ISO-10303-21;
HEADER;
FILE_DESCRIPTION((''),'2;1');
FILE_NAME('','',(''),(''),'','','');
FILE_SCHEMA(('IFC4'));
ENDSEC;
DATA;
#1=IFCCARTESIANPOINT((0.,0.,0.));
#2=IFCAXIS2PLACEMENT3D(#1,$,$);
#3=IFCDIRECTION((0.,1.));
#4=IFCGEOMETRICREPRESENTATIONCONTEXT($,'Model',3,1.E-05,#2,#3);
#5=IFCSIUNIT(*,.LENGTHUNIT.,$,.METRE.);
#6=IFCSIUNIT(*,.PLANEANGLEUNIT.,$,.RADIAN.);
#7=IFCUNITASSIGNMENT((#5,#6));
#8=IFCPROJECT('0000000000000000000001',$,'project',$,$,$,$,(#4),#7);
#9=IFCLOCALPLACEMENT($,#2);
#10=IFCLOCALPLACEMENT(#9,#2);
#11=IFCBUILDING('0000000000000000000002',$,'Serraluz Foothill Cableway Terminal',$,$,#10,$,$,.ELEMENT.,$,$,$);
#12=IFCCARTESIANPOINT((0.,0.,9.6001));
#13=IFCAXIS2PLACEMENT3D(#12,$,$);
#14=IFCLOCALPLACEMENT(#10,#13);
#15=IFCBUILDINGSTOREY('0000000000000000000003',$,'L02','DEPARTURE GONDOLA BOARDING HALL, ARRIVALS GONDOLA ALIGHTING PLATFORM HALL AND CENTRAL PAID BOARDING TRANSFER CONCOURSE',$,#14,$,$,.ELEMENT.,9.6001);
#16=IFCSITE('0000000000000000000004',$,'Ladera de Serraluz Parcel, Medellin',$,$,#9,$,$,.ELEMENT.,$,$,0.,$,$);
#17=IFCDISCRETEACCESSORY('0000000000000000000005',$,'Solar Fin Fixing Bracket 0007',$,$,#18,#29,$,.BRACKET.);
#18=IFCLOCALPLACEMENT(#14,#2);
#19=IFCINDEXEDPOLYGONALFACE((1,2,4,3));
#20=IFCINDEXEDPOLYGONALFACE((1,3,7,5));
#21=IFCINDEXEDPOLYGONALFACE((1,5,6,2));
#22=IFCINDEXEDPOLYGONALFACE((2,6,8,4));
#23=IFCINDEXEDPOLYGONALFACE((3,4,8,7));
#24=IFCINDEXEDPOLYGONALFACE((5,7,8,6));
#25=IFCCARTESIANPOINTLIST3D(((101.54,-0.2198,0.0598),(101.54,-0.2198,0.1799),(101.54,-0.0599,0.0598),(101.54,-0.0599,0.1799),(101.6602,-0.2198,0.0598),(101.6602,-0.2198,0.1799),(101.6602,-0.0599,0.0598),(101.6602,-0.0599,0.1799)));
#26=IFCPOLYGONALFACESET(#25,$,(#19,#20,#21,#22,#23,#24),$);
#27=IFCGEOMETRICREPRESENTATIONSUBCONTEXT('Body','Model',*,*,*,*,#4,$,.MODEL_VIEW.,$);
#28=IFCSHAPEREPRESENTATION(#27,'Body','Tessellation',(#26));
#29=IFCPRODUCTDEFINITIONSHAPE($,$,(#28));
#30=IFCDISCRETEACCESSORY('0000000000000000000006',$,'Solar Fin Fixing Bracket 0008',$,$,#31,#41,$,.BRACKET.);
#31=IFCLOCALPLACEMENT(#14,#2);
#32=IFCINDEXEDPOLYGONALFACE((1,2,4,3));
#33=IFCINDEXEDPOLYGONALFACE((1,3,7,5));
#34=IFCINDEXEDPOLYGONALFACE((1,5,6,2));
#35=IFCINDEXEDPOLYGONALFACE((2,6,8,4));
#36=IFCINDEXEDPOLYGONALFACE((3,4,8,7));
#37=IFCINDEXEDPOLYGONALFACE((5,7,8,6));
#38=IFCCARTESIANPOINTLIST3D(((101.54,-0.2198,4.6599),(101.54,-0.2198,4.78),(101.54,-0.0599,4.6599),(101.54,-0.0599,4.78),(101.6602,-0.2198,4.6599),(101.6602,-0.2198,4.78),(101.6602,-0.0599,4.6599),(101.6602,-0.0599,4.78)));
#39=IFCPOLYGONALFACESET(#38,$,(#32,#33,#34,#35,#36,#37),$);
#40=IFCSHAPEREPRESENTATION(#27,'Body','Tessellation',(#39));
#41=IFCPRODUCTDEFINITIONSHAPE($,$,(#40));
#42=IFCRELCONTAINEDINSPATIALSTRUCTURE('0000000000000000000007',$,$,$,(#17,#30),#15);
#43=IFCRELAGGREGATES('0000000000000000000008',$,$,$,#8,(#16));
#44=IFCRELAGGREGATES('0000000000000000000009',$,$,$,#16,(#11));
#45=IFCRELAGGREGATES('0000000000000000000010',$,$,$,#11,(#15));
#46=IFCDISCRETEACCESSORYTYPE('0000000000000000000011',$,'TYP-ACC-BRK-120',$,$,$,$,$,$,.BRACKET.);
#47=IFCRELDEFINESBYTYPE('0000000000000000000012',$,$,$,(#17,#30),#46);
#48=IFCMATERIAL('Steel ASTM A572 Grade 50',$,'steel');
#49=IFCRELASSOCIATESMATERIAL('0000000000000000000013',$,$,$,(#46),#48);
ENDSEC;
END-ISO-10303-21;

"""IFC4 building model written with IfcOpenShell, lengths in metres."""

from ifc_helpers import new_model, si_unit, direction, frame, origin, origin_2d, place, context, subcontext, project, spatial, rectangle, extrude, material, type_object, element, save


model = new_model("IFC4")

# Units and contexts
model_context = context("Model", 3, precision=1e-05, world=origin(), true_north=direction((0.0, 1.0)))
body_context = subcontext(model_context, "Body", "Model", "MODEL_VIEW")
ifc_project = project(units=[si_unit("LENGTHUNIT", "METRE"), si_unit("PLANEANGLEUNIT", "RADIAN")], contexts=[model_context])

# Site, building, storey
site_placement = place(None, origin())
site = spatial("IfcSite", under=ifc_project, at=site_placement, Name="Ladera de Serraluz Parcel, Medellin", CompositionType="ELEMENT", RefElevation=0.0)
building_placement = place(site_placement, origin())
building = spatial("IfcBuilding", under=site, at=building_placement, Name="Serraluz Foothill Cableway Terminal", CompositionType="ELEMENT")
storey_placement = place(building_placement, frame((0.0, 0.0, 9.6001)))
storey = spatial("IfcBuildingStorey", under=building, at=storey_placement, Name="L02", Description="DEPARTURE GONDOLA BOARDING HALL, ARRIVALS GONDOLA ALIGHTING PLATFORM HALL AND CENTRAL PAID BOARDING TRANSFER CONCOURSE", CompositionType="ELEMENT", Elevation=9.6001)

# Shared definitions
ifc_material_1 = material(Name="Steel ASTM A572 Grade 50", Category="steel")

# Discrete accessories
discrete_accessory_type = type_object("IfcDiscreteAccessoryType", Name="TYP-ACC-BRK-120", PredefinedType="BRACKET", material=ifc_material_1)
for number, where, z_axis, x_axis, name in (
    (1, (101.6001, -0.1399, 0.0598), (0.0, 0.0, 1.0), (1.0, 0.0, 0.0), "Solar Fin Fixing Bracket 0007"),
    (2, (101.6001, -0.1399, 4.6599), (0.0, 0.0, 1.0), (1.0, 0.0, 0.0), "Solar Fin Fixing Bracket 0008"),
):
    element("IfcDiscreteAccessory", number, at=place(storey_placement, frame(where, z_axis=z_axis, x_axis=x_axis)), inside=storey, type_object=discrete_accessory_type, Name=name, PredefinedType="BRACKET", context=body_context, shape_type="SweptSolid", body=[
        extrude(rectangle(XDim=0.1201, YDim=0.1599, at=origin_2d()), origin(), (0.0, 0.0, 1.0), 0.1201),
    ])

save(model, "model.ifc")
